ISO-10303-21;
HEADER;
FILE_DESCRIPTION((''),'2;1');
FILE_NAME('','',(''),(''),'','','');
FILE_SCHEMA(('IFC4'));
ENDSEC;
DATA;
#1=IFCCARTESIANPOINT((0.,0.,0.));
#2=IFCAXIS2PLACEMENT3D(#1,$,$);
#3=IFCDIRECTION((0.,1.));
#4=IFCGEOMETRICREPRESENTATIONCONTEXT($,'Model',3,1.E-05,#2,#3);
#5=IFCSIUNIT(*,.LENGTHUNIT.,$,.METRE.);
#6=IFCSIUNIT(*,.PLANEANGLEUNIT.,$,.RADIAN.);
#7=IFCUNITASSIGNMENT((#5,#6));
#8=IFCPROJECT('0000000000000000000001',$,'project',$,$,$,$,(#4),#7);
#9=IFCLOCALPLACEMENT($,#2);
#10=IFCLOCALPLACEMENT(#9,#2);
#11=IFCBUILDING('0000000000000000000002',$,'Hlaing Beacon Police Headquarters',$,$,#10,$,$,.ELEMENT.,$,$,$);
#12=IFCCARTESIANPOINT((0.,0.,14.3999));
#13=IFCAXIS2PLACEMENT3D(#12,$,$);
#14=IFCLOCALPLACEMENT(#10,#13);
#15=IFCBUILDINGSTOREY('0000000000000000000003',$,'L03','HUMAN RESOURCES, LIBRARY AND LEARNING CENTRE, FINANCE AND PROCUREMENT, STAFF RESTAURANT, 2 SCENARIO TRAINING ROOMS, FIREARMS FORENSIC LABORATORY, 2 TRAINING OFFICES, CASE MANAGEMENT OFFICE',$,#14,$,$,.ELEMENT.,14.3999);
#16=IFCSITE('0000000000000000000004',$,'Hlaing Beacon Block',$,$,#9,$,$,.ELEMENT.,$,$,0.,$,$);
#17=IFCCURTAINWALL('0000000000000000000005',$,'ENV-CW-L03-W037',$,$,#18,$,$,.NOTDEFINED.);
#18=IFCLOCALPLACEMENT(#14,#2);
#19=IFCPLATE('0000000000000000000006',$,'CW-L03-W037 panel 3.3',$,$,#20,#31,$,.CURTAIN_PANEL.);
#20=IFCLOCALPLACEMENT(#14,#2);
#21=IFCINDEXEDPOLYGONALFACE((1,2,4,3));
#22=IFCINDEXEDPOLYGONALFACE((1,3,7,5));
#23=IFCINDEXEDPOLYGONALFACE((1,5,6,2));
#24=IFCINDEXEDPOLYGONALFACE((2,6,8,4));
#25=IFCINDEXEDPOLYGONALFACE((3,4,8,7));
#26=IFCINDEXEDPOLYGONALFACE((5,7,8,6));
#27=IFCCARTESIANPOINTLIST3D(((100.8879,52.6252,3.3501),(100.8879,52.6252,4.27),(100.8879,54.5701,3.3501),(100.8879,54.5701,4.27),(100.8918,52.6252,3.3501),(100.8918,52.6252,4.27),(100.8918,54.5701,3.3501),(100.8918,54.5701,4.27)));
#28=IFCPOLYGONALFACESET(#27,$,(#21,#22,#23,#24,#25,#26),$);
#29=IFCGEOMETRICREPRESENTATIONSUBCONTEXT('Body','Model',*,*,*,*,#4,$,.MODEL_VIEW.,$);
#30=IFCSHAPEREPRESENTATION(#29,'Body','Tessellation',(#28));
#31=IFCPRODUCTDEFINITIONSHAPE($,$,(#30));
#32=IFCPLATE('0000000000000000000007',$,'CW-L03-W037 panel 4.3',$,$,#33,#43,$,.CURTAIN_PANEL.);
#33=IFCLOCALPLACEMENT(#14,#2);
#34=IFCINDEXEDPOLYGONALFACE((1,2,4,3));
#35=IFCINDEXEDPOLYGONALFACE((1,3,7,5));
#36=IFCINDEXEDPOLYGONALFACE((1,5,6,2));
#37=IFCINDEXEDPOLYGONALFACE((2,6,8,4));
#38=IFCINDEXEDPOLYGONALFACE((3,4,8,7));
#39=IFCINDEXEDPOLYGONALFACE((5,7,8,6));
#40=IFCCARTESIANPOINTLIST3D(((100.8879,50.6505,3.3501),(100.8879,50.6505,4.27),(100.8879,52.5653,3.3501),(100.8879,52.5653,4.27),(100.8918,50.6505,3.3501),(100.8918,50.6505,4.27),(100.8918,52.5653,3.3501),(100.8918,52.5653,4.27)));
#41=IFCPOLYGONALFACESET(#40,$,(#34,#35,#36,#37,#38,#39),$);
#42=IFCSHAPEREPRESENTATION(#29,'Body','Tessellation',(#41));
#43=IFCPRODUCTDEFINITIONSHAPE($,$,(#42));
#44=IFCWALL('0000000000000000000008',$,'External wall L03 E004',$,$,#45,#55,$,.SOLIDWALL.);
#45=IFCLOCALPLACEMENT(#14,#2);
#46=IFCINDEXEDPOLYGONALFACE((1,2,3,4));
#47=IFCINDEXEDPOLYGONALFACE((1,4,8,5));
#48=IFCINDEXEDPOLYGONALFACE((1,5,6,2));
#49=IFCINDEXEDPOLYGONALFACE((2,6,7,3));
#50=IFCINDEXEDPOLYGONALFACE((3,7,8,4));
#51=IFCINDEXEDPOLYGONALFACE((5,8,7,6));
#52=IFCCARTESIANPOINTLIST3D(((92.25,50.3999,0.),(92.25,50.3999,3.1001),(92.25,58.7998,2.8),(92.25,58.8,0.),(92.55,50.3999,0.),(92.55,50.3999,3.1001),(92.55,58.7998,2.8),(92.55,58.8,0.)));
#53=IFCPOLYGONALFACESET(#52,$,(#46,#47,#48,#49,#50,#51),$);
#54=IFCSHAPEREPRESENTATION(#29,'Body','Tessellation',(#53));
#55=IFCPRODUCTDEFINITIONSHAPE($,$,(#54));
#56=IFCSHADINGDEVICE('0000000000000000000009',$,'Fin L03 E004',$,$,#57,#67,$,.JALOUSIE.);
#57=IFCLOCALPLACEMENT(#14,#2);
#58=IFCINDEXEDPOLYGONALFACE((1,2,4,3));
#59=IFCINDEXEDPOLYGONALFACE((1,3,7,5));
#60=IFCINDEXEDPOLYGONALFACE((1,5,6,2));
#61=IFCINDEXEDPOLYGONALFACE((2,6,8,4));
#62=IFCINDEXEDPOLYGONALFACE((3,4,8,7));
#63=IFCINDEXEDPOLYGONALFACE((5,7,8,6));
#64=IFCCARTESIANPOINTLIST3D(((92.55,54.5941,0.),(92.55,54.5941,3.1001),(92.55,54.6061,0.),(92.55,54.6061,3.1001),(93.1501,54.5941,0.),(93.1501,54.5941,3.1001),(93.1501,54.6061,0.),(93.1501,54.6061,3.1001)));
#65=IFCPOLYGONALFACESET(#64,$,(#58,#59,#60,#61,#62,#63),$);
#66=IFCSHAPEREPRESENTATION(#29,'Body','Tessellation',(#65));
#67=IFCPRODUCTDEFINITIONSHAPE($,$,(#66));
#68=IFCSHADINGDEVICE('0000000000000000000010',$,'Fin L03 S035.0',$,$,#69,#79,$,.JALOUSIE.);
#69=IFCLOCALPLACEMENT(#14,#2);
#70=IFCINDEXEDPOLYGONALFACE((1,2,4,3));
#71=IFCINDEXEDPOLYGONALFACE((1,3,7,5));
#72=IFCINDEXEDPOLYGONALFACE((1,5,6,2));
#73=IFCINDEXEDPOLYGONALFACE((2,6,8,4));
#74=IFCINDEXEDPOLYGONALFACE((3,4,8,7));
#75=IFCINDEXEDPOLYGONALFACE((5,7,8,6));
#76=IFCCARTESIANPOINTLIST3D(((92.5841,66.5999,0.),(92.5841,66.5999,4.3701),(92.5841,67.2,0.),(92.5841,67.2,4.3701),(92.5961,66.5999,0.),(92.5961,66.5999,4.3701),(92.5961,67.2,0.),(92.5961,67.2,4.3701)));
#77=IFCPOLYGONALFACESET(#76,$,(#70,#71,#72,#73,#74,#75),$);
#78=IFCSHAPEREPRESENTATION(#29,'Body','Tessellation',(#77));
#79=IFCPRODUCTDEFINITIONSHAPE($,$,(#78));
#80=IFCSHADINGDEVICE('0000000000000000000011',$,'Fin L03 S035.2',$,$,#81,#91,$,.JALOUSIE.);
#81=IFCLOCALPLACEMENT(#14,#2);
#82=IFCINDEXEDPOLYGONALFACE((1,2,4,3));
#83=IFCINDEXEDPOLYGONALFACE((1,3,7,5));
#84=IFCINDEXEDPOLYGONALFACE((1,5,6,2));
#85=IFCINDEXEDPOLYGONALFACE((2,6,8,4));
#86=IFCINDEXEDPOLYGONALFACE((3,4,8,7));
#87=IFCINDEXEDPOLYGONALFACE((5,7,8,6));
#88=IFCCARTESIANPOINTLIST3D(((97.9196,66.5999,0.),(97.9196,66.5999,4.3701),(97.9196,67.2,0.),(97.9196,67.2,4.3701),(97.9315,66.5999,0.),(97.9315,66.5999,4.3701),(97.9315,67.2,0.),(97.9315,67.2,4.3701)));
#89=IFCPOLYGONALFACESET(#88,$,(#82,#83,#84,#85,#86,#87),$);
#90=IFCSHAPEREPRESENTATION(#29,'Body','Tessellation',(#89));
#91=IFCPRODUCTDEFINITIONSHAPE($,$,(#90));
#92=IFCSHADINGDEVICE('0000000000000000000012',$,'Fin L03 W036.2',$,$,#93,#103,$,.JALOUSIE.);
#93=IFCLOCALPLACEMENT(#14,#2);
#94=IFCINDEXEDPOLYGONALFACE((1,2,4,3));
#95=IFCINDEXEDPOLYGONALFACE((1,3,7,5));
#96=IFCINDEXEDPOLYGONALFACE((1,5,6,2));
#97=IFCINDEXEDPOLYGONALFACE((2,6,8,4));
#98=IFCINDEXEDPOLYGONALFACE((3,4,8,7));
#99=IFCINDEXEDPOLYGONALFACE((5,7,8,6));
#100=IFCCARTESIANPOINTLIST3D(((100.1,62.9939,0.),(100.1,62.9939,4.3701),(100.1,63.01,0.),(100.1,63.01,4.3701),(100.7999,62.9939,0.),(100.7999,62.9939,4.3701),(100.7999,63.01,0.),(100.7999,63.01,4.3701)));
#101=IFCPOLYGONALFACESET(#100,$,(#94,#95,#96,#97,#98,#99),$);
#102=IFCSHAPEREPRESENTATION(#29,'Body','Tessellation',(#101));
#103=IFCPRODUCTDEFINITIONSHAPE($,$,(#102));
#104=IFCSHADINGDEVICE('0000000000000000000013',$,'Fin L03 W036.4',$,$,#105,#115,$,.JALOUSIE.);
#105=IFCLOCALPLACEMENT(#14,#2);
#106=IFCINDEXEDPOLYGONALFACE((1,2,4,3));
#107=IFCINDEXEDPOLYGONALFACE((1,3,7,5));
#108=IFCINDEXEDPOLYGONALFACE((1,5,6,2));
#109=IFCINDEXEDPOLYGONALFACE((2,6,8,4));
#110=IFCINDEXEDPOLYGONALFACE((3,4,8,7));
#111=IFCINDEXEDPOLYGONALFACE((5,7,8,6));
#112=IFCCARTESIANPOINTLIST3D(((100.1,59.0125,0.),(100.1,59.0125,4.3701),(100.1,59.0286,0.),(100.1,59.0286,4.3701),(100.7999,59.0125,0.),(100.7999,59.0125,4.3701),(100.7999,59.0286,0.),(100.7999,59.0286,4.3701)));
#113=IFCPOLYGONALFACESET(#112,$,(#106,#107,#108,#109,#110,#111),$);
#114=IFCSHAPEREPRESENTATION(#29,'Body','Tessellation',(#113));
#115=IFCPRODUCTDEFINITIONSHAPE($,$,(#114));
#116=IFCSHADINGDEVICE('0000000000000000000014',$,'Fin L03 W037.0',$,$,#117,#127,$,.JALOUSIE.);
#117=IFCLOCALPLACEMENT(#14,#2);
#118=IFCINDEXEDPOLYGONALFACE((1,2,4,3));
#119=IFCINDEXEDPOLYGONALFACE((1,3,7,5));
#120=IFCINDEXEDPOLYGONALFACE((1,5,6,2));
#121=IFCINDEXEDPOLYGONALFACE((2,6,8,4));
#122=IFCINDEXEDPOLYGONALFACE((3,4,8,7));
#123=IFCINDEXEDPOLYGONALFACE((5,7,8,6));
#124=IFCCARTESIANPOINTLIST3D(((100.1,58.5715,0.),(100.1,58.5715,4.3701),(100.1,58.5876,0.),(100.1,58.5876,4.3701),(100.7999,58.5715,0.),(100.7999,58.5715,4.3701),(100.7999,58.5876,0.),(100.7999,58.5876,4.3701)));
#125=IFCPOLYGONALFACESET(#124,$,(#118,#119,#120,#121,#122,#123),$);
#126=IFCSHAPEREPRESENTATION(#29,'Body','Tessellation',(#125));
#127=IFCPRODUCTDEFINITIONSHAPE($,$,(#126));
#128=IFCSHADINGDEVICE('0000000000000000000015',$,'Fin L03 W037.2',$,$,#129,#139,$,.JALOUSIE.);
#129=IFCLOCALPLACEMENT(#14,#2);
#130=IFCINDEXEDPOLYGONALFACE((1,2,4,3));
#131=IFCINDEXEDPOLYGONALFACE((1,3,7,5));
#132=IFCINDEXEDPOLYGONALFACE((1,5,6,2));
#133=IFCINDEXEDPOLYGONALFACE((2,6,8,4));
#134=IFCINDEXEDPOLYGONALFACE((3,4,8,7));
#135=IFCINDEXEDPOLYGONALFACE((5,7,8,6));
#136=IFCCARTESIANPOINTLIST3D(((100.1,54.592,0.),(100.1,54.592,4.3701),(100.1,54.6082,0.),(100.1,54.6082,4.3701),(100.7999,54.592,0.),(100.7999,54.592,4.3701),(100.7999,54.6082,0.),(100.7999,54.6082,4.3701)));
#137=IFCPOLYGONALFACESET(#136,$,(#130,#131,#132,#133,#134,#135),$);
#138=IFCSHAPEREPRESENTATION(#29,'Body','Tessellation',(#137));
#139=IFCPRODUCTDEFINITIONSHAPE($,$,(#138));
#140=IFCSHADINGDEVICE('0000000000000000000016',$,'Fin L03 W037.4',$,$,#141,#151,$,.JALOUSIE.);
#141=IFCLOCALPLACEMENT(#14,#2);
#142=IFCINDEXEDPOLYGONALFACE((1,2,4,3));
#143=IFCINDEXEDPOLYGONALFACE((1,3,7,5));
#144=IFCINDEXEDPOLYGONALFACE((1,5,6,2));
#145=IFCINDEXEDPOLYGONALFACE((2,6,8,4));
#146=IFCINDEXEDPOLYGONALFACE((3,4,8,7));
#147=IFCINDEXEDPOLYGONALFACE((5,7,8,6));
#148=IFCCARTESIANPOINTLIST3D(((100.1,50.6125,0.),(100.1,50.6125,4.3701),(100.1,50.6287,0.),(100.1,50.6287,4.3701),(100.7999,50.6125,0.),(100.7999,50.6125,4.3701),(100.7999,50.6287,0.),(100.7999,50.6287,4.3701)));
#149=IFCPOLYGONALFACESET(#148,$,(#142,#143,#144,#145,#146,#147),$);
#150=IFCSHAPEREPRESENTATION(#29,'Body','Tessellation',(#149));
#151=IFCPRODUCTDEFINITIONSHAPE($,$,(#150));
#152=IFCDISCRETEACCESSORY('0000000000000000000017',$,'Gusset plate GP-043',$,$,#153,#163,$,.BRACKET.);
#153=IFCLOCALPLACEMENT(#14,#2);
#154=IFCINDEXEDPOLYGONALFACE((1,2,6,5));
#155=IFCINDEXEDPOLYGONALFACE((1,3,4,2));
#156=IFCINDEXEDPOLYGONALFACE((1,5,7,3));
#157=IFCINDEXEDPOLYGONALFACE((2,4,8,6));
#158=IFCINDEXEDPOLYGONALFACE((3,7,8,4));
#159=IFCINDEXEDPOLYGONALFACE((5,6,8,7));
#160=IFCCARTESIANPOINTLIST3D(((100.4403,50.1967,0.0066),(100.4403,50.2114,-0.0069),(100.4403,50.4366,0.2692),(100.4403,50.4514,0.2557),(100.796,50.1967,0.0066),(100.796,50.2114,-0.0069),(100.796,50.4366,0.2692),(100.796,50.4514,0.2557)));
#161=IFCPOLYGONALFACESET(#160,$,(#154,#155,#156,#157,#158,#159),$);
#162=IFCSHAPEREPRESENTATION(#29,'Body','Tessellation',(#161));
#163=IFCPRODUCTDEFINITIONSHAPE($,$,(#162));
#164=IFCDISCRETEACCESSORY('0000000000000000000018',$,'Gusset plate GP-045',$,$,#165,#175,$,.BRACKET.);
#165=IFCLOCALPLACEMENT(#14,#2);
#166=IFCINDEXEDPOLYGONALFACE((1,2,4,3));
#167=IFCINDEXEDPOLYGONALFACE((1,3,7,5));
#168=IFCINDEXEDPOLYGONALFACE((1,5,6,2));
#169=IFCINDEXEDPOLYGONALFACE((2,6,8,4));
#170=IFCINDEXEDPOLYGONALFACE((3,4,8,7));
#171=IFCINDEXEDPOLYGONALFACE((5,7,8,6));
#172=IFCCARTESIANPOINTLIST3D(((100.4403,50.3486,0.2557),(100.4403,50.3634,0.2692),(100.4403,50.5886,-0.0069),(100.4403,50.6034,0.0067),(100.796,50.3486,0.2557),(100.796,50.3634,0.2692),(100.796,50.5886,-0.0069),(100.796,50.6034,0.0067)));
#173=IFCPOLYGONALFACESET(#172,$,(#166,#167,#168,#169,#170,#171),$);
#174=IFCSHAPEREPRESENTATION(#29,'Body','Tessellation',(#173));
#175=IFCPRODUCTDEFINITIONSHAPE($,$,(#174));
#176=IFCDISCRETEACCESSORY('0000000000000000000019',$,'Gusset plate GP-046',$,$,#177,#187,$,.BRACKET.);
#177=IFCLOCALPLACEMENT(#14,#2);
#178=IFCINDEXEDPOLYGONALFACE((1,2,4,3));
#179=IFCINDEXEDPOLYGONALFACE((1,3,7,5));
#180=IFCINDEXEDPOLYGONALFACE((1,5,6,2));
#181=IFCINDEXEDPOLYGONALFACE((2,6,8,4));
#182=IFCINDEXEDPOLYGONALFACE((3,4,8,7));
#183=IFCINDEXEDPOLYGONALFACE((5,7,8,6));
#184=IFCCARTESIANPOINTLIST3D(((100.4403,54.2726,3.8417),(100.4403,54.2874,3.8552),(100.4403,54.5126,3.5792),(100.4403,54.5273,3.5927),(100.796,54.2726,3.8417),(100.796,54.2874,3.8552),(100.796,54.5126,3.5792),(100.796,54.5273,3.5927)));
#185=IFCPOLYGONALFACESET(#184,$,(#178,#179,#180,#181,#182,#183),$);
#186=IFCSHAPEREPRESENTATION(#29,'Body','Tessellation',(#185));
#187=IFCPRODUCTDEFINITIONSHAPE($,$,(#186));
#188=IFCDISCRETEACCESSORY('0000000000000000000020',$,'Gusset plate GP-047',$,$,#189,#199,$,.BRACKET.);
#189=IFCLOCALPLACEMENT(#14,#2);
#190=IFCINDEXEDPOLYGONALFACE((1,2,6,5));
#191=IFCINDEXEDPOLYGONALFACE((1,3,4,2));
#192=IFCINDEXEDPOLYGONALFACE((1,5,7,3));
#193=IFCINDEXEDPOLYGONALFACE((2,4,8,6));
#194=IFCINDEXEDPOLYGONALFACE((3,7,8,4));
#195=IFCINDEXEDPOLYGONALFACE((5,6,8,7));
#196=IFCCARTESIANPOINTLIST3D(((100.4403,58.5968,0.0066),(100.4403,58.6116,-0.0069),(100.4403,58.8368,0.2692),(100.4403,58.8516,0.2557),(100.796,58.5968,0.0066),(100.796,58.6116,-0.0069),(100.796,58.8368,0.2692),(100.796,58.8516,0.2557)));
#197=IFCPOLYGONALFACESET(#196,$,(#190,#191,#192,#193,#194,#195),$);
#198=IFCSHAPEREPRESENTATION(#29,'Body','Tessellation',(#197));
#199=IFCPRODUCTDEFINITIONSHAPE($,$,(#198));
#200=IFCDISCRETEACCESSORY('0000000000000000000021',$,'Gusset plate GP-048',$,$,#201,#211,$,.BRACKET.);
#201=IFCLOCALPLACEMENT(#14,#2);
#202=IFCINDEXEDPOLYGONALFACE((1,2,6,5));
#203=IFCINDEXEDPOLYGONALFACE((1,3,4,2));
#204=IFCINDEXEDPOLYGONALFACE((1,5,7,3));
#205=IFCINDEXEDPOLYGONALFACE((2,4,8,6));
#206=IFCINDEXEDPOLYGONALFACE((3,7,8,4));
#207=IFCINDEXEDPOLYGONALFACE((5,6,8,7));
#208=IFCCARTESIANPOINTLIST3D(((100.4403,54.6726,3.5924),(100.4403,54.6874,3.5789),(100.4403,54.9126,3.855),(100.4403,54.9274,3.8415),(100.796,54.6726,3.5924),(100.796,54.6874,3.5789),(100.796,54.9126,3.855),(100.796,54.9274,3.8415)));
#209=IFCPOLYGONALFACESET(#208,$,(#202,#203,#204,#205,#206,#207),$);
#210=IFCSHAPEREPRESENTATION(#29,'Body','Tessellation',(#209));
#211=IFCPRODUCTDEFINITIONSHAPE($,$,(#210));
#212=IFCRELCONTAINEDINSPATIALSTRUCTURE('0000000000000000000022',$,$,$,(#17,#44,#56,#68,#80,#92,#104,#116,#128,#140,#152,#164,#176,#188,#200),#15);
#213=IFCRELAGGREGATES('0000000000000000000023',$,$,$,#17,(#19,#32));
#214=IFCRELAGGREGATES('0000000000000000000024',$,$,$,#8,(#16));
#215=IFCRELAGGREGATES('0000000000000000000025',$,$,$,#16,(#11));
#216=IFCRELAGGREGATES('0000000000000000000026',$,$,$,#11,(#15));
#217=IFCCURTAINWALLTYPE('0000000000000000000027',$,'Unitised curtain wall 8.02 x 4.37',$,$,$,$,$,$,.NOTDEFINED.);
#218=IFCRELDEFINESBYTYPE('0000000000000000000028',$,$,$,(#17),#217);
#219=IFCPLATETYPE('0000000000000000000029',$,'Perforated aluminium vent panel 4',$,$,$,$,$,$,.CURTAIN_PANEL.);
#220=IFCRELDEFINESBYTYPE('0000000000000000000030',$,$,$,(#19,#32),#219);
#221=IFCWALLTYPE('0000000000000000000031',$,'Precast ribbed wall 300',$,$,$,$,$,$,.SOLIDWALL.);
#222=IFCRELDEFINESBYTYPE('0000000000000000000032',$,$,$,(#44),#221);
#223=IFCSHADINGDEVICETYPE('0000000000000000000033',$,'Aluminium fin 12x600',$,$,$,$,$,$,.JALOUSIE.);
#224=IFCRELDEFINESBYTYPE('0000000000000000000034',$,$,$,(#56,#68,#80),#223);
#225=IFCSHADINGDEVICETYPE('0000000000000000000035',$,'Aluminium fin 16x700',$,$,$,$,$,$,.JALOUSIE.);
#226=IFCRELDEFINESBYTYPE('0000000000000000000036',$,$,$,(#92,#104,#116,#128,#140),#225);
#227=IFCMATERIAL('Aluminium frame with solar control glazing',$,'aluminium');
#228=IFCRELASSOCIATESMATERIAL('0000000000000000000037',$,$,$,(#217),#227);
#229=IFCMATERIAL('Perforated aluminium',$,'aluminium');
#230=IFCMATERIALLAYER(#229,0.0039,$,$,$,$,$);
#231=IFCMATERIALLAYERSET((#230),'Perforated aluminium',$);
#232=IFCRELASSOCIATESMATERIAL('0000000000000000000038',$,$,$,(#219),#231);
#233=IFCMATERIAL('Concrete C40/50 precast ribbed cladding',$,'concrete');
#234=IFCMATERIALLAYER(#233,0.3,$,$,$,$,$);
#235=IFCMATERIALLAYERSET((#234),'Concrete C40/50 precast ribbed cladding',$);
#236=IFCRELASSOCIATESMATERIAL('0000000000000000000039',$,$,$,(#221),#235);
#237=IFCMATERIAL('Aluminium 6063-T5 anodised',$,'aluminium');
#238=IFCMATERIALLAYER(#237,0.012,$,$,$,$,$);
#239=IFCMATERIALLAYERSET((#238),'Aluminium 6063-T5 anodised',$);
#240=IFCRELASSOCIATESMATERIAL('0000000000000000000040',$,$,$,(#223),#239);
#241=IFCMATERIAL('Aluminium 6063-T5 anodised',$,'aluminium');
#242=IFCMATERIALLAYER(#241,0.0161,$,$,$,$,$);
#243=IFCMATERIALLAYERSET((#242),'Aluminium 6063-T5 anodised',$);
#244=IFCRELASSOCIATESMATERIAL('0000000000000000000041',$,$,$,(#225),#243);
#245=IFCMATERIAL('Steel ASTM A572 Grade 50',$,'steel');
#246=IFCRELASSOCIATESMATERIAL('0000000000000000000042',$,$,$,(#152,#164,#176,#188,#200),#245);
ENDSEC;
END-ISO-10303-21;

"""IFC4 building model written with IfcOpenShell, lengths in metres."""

from ifc_helpers import new_model, si_unit, direction, frame, origin, origin_2d, place, context, subcontext, project, spatial, polyline, rectangle, outline, extrude, material, layer, layer_set, type_object, element, aggregate, save


model = new_model("IFC4")

# Units and contexts
model_context = context("Model", 3, precision=1e-05, world=origin(), true_north=direction((0.0, 1.0)))
body_context = subcontext(model_context, "Body", "Model", "MODEL_VIEW")
ifc_project = project(units=[si_unit("LENGTHUNIT", "METRE"), si_unit("PLANEANGLEUNIT", "RADIAN")], contexts=[model_context])

# Site, building, storey
site_placement = place(None, origin())
site = spatial("IfcSite", under=ifc_project, at=site_placement, Name="Hlaing Beacon Block", CompositionType="ELEMENT", RefElevation=0.0)
building_placement = place(site_placement, origin())
building = spatial("IfcBuilding", under=site, at=building_placement, Name="Hlaing Beacon Police Headquarters", CompositionType="ELEMENT")
storey_placement = place(building_placement, frame((0.0, 0.0, 14.3999)))
storey = spatial("IfcBuildingStorey", under=building, at=storey_placement, Name="L03", Description="HUMAN RESOURCES, LIBRARY AND LEARNING CENTRE, FINANCE AND PROCUREMENT, STAFF RESTAURANT, 2 SCENARIO TRAINING ROOMS, FIREARMS FORENSIC LABORATORY, 2 TRAINING OFFICES, CASE MANAGEMENT OFFICE", CompositionType="ELEMENT", Elevation=14.3999)

# Curtain wall, plates
ifc_material_1 = material(Name="Aluminium frame with solar control glazing", Category="aluminium")
curtain_wall_type = type_object("IfcCurtainWallType", Name="Unitised curtain wall 8.02 x 4.37", PredefinedType="NOTDEFINED", material=ifc_material_1)
curtain_wall_placement = place(storey_placement, origin())
curtain_wall = element("IfcCurtainWall", 1, at=curtain_wall_placement, inside=storey, type_object=curtain_wall_type, Name="ENV-CW-L03-W037", PredefinedType="NOTDEFINED")
ifc_material_2 = material(Name="Perforated aluminium", Category="aluminium")
ifc_layer_1 = layer(ifc_material_2, 0.0039)
ifc_layer_set_1 = layer_set([ifc_layer_1], Name="Perforated aluminium")
plate_type_1 = type_object("IfcPlateType", Name="Perforated aluminium vent panel 4", PredefinedType="CURTAIN_PANEL", material=ifc_layer_set_1)
plate_1_placement = place(storey_placement, frame((100.8899, 53.5977, 3.3501), z_axis=(0.0, 0.0, 1.0), x_axis=(0.0, -1.0, 0.0)))
plate_1 = element("IfcPlate", 2, at=plate_1_placement, type_object=plate_type_1, Name="CW-L03-W037 panel 3.3", PredefinedType="CURTAIN_PANEL", context=body_context, shape_type="SweptSolid", body=[
    extrude(rectangle(XDim=1.9448, YDim=0.0039, at=origin_2d()), origin(), (0.0, 0.0, 1.0), 0.9199),
])
plate_2_placement = place(storey_placement, frame((100.8899, 51.6079, 3.3501), z_axis=(0.0, 0.0, 1.0), x_axis=(0.0, -1.0, 0.0)))
plate_2 = element("IfcPlate", 3, at=plate_2_placement, type_object=plate_type_1, Name="CW-L03-W037 panel 4.3", PredefinedType="CURTAIN_PANEL", context=body_context, shape_type="SweptSolid", body=[
    extrude(rectangle(XDim=1.9148, YDim=0.0039, at=origin_2d()), origin(), (0.0, 0.0, 1.0), 0.9199),
])
aggregate(curtain_wall, [plate_1, plate_2])

# Wall
ifc_material_3 = material(Name="Concrete C40/50 precast ribbed cladding", Category="concrete")
ifc_layer_2 = layer(ifc_material_3, 0.3)
ifc_layer_set_2 = layer_set([ifc_layer_2], Name="Concrete C40/50 precast ribbed cladding")
wall_type = type_object("IfcWallType", Name="Precast ribbed wall 300", PredefinedType="SOLIDWALL", material=ifc_layer_set_2)
wall_placement = place(storey_placement, frame((92.3999, 50.3999, 0.0), z_axis=(0.0, 0.0, 1.0), x_axis=(0.0, 1.0, 0.0)))
element("IfcWall", 4, at=wall_placement, inside=storey, type_object=wall_type, Name="External wall L03 E004", PredefinedType="SOLIDWALL", context=body_context, shape_type="SweptSolid", body=[
    extrude(outline(polyline([(0.0, 0.0), (8.4001, 0.0), (8.3999, 2.8), (0.0, 3.1001), (0.0, 0.0)])), frame((0.0, 0.1499, 0.0), z_axis=(0.0, -1.0, 0.0), x_axis=(1.0, 0.0, 0.0)), (0.0, 0.0, 1.0), 0.3),
])

# Shading devices
ifc_material_4 = material(Name="Aluminium 6063-T5 anodised", Category="aluminium")
ifc_layer_3 = layer(ifc_material_4, 0.012)
ifc_layer_set_3 = layer_set([ifc_layer_3], Name="Aluminium 6063-T5 anodised")
shading_device_type_1 = type_object("IfcShadingDeviceType", Name="Aluminium fin 12x600", PredefinedType="JALOUSIE", material=ifc_layer_set_3)
shading_device_placement = place(storey_placement, frame((92.8501, 54.6001, 0.0), z_axis=(0.0, 0.0, 1.0), x_axis=(0.0, 1.0, 0.0)))
element("IfcShadingDevice", 5, at=shading_device_placement, inside=storey, type_object=shading_device_type_1, Name="Fin L03 E004", PredefinedType="JALOUSIE", context=body_context, shape_type="SweptSolid", body=[
    extrude(rectangle(XDim=0.012, YDim=0.6001, at=origin_2d()), origin(), (0.0, 0.0, 1.0), 3.1001),
])
for number, where, z_axis, x_axis, name in (
    (6, (92.5901, 66.8999, 0.0), (0.0, 0.0, 1.0), (1.0, 0.0, 0.0), "Fin L03 S035.0"),
    (7, (97.9255, 66.8999, 0.0), (0.0, 0.0, 1.0), (1.0, 0.0, 0.0), "Fin L03 S035.2"),
):
    element("IfcShadingDevice", number, at=place(storey_placement, frame(where, z_axis=z_axis, x_axis=x_axis)), inside=storey, type_object=shading_device_type_1, Name=name, PredefinedType="JALOUSIE", context=body_context, shape_type="SweptSolid", body=[
        extrude(rectangle(XDim=0.012, YDim=0.6001, at=origin_2d()), origin(), (0.0, 0.0, 1.0), 4.3701),
    ])
ifc_material_5 = material(Name="Aluminium 6063-T5 anodised", Category="aluminium")
ifc_layer_4 = layer(ifc_material_5, 0.0161)
ifc_layer_set_4 = layer_set([ifc_layer_4], Name="Aluminium 6063-T5 anodised")
shading_device_type_2 = type_object("IfcShadingDeviceType", Name="Aluminium fin 16x700", PredefinedType="JALOUSIE", material=ifc_layer_set_4)
for number, where, z_axis, x_axis, name in (
    (8, (100.45, 63.002, 0.0), (0.0, 0.0, 1.0), (0.0, -1.0, 0.0), "Fin L03 W036.2"),
    (9, (100.45, 59.0205, 0.0), (0.0, 0.0, 1.0), (0.0, -1.0, 0.0), "Fin L03 W036.4"),
    (10, (100.45, 58.5796, 0.0), (0.0, 0.0, 1.0), (0.0, -1.0, 0.0), "Fin L03 W037.0"),
    (11, (100.45, 54.6001, 0.0), (0.0, 0.0, 1.0), (0.0, -1.0, 0.0), "Fin L03 W037.2"),
    (12, (100.45, 50.6206, 0.0), (0.0, 0.0, 1.0), (0.0, -1.0, 0.0), "Fin L03 W037.4"),
):
    element("IfcShadingDevice", number, at=place(storey_placement, frame(where, z_axis=z_axis, x_axis=x_axis)), inside=storey, type_object=shading_device_type_2, Name=name, PredefinedType="JALOUSIE", context=body_context, shape_type="SweptSolid", body=[
        extrude(rectangle(XDim=0.0161, YDim=0.7, at=origin_2d()), origin(), (0.0, 0.0, 1.0), 4.3701),
    ])

# Discrete accessories
ifc_material_6 = material(Name="Steel ASTM A572 Grade 50", Category="steel")
for number, where, z_axis, x_axis, name in (
    (13, (100.6182, 50.3167, 0.1379), (0.0, 0.738196, -0.674586), (-1.0, 0.0, 0.0), "Gusset plate GP-043"),
    (14, (100.6182, 50.4834, 0.1379), (0.0, -0.738175, -0.674609), (1.0, 0.0, 0.0), "Gusset plate GP-045"),
    (15, (100.6182, 54.3926, 3.7104), (0.0, 0.738175, 0.674609), (-1.0, 0.0, 0.0), "Gusset plate GP-046"),
    (16, (100.6182, 58.7168, 0.1379), (0.0, 0.738196, -0.674586), (-1.0, 0.0, 0.0), "Gusset plate GP-047"),
    (17, (100.6182, 54.8074, 3.7102), (0.0, -0.738196, 0.674586), (1.0, 0.0, 0.0), "Gusset plate GP-048"),
):
    element("IfcDiscreteAccessory", number, at=place(storey_placement, frame(where, z_axis=z_axis, x_axis=x_axis)), inside=storey, material=ifc_material_6, Name=name, PredefinedType="BRACKET", context=body_context, shape_type="SweptSolid", body=[
        extrude(rectangle(XDim=0.3557, YDim=0.3557, at=origin_2d()), origin(), (0.0, 0.0, 1.0), 0.02),
    ])

save(model, "model.ifc")
